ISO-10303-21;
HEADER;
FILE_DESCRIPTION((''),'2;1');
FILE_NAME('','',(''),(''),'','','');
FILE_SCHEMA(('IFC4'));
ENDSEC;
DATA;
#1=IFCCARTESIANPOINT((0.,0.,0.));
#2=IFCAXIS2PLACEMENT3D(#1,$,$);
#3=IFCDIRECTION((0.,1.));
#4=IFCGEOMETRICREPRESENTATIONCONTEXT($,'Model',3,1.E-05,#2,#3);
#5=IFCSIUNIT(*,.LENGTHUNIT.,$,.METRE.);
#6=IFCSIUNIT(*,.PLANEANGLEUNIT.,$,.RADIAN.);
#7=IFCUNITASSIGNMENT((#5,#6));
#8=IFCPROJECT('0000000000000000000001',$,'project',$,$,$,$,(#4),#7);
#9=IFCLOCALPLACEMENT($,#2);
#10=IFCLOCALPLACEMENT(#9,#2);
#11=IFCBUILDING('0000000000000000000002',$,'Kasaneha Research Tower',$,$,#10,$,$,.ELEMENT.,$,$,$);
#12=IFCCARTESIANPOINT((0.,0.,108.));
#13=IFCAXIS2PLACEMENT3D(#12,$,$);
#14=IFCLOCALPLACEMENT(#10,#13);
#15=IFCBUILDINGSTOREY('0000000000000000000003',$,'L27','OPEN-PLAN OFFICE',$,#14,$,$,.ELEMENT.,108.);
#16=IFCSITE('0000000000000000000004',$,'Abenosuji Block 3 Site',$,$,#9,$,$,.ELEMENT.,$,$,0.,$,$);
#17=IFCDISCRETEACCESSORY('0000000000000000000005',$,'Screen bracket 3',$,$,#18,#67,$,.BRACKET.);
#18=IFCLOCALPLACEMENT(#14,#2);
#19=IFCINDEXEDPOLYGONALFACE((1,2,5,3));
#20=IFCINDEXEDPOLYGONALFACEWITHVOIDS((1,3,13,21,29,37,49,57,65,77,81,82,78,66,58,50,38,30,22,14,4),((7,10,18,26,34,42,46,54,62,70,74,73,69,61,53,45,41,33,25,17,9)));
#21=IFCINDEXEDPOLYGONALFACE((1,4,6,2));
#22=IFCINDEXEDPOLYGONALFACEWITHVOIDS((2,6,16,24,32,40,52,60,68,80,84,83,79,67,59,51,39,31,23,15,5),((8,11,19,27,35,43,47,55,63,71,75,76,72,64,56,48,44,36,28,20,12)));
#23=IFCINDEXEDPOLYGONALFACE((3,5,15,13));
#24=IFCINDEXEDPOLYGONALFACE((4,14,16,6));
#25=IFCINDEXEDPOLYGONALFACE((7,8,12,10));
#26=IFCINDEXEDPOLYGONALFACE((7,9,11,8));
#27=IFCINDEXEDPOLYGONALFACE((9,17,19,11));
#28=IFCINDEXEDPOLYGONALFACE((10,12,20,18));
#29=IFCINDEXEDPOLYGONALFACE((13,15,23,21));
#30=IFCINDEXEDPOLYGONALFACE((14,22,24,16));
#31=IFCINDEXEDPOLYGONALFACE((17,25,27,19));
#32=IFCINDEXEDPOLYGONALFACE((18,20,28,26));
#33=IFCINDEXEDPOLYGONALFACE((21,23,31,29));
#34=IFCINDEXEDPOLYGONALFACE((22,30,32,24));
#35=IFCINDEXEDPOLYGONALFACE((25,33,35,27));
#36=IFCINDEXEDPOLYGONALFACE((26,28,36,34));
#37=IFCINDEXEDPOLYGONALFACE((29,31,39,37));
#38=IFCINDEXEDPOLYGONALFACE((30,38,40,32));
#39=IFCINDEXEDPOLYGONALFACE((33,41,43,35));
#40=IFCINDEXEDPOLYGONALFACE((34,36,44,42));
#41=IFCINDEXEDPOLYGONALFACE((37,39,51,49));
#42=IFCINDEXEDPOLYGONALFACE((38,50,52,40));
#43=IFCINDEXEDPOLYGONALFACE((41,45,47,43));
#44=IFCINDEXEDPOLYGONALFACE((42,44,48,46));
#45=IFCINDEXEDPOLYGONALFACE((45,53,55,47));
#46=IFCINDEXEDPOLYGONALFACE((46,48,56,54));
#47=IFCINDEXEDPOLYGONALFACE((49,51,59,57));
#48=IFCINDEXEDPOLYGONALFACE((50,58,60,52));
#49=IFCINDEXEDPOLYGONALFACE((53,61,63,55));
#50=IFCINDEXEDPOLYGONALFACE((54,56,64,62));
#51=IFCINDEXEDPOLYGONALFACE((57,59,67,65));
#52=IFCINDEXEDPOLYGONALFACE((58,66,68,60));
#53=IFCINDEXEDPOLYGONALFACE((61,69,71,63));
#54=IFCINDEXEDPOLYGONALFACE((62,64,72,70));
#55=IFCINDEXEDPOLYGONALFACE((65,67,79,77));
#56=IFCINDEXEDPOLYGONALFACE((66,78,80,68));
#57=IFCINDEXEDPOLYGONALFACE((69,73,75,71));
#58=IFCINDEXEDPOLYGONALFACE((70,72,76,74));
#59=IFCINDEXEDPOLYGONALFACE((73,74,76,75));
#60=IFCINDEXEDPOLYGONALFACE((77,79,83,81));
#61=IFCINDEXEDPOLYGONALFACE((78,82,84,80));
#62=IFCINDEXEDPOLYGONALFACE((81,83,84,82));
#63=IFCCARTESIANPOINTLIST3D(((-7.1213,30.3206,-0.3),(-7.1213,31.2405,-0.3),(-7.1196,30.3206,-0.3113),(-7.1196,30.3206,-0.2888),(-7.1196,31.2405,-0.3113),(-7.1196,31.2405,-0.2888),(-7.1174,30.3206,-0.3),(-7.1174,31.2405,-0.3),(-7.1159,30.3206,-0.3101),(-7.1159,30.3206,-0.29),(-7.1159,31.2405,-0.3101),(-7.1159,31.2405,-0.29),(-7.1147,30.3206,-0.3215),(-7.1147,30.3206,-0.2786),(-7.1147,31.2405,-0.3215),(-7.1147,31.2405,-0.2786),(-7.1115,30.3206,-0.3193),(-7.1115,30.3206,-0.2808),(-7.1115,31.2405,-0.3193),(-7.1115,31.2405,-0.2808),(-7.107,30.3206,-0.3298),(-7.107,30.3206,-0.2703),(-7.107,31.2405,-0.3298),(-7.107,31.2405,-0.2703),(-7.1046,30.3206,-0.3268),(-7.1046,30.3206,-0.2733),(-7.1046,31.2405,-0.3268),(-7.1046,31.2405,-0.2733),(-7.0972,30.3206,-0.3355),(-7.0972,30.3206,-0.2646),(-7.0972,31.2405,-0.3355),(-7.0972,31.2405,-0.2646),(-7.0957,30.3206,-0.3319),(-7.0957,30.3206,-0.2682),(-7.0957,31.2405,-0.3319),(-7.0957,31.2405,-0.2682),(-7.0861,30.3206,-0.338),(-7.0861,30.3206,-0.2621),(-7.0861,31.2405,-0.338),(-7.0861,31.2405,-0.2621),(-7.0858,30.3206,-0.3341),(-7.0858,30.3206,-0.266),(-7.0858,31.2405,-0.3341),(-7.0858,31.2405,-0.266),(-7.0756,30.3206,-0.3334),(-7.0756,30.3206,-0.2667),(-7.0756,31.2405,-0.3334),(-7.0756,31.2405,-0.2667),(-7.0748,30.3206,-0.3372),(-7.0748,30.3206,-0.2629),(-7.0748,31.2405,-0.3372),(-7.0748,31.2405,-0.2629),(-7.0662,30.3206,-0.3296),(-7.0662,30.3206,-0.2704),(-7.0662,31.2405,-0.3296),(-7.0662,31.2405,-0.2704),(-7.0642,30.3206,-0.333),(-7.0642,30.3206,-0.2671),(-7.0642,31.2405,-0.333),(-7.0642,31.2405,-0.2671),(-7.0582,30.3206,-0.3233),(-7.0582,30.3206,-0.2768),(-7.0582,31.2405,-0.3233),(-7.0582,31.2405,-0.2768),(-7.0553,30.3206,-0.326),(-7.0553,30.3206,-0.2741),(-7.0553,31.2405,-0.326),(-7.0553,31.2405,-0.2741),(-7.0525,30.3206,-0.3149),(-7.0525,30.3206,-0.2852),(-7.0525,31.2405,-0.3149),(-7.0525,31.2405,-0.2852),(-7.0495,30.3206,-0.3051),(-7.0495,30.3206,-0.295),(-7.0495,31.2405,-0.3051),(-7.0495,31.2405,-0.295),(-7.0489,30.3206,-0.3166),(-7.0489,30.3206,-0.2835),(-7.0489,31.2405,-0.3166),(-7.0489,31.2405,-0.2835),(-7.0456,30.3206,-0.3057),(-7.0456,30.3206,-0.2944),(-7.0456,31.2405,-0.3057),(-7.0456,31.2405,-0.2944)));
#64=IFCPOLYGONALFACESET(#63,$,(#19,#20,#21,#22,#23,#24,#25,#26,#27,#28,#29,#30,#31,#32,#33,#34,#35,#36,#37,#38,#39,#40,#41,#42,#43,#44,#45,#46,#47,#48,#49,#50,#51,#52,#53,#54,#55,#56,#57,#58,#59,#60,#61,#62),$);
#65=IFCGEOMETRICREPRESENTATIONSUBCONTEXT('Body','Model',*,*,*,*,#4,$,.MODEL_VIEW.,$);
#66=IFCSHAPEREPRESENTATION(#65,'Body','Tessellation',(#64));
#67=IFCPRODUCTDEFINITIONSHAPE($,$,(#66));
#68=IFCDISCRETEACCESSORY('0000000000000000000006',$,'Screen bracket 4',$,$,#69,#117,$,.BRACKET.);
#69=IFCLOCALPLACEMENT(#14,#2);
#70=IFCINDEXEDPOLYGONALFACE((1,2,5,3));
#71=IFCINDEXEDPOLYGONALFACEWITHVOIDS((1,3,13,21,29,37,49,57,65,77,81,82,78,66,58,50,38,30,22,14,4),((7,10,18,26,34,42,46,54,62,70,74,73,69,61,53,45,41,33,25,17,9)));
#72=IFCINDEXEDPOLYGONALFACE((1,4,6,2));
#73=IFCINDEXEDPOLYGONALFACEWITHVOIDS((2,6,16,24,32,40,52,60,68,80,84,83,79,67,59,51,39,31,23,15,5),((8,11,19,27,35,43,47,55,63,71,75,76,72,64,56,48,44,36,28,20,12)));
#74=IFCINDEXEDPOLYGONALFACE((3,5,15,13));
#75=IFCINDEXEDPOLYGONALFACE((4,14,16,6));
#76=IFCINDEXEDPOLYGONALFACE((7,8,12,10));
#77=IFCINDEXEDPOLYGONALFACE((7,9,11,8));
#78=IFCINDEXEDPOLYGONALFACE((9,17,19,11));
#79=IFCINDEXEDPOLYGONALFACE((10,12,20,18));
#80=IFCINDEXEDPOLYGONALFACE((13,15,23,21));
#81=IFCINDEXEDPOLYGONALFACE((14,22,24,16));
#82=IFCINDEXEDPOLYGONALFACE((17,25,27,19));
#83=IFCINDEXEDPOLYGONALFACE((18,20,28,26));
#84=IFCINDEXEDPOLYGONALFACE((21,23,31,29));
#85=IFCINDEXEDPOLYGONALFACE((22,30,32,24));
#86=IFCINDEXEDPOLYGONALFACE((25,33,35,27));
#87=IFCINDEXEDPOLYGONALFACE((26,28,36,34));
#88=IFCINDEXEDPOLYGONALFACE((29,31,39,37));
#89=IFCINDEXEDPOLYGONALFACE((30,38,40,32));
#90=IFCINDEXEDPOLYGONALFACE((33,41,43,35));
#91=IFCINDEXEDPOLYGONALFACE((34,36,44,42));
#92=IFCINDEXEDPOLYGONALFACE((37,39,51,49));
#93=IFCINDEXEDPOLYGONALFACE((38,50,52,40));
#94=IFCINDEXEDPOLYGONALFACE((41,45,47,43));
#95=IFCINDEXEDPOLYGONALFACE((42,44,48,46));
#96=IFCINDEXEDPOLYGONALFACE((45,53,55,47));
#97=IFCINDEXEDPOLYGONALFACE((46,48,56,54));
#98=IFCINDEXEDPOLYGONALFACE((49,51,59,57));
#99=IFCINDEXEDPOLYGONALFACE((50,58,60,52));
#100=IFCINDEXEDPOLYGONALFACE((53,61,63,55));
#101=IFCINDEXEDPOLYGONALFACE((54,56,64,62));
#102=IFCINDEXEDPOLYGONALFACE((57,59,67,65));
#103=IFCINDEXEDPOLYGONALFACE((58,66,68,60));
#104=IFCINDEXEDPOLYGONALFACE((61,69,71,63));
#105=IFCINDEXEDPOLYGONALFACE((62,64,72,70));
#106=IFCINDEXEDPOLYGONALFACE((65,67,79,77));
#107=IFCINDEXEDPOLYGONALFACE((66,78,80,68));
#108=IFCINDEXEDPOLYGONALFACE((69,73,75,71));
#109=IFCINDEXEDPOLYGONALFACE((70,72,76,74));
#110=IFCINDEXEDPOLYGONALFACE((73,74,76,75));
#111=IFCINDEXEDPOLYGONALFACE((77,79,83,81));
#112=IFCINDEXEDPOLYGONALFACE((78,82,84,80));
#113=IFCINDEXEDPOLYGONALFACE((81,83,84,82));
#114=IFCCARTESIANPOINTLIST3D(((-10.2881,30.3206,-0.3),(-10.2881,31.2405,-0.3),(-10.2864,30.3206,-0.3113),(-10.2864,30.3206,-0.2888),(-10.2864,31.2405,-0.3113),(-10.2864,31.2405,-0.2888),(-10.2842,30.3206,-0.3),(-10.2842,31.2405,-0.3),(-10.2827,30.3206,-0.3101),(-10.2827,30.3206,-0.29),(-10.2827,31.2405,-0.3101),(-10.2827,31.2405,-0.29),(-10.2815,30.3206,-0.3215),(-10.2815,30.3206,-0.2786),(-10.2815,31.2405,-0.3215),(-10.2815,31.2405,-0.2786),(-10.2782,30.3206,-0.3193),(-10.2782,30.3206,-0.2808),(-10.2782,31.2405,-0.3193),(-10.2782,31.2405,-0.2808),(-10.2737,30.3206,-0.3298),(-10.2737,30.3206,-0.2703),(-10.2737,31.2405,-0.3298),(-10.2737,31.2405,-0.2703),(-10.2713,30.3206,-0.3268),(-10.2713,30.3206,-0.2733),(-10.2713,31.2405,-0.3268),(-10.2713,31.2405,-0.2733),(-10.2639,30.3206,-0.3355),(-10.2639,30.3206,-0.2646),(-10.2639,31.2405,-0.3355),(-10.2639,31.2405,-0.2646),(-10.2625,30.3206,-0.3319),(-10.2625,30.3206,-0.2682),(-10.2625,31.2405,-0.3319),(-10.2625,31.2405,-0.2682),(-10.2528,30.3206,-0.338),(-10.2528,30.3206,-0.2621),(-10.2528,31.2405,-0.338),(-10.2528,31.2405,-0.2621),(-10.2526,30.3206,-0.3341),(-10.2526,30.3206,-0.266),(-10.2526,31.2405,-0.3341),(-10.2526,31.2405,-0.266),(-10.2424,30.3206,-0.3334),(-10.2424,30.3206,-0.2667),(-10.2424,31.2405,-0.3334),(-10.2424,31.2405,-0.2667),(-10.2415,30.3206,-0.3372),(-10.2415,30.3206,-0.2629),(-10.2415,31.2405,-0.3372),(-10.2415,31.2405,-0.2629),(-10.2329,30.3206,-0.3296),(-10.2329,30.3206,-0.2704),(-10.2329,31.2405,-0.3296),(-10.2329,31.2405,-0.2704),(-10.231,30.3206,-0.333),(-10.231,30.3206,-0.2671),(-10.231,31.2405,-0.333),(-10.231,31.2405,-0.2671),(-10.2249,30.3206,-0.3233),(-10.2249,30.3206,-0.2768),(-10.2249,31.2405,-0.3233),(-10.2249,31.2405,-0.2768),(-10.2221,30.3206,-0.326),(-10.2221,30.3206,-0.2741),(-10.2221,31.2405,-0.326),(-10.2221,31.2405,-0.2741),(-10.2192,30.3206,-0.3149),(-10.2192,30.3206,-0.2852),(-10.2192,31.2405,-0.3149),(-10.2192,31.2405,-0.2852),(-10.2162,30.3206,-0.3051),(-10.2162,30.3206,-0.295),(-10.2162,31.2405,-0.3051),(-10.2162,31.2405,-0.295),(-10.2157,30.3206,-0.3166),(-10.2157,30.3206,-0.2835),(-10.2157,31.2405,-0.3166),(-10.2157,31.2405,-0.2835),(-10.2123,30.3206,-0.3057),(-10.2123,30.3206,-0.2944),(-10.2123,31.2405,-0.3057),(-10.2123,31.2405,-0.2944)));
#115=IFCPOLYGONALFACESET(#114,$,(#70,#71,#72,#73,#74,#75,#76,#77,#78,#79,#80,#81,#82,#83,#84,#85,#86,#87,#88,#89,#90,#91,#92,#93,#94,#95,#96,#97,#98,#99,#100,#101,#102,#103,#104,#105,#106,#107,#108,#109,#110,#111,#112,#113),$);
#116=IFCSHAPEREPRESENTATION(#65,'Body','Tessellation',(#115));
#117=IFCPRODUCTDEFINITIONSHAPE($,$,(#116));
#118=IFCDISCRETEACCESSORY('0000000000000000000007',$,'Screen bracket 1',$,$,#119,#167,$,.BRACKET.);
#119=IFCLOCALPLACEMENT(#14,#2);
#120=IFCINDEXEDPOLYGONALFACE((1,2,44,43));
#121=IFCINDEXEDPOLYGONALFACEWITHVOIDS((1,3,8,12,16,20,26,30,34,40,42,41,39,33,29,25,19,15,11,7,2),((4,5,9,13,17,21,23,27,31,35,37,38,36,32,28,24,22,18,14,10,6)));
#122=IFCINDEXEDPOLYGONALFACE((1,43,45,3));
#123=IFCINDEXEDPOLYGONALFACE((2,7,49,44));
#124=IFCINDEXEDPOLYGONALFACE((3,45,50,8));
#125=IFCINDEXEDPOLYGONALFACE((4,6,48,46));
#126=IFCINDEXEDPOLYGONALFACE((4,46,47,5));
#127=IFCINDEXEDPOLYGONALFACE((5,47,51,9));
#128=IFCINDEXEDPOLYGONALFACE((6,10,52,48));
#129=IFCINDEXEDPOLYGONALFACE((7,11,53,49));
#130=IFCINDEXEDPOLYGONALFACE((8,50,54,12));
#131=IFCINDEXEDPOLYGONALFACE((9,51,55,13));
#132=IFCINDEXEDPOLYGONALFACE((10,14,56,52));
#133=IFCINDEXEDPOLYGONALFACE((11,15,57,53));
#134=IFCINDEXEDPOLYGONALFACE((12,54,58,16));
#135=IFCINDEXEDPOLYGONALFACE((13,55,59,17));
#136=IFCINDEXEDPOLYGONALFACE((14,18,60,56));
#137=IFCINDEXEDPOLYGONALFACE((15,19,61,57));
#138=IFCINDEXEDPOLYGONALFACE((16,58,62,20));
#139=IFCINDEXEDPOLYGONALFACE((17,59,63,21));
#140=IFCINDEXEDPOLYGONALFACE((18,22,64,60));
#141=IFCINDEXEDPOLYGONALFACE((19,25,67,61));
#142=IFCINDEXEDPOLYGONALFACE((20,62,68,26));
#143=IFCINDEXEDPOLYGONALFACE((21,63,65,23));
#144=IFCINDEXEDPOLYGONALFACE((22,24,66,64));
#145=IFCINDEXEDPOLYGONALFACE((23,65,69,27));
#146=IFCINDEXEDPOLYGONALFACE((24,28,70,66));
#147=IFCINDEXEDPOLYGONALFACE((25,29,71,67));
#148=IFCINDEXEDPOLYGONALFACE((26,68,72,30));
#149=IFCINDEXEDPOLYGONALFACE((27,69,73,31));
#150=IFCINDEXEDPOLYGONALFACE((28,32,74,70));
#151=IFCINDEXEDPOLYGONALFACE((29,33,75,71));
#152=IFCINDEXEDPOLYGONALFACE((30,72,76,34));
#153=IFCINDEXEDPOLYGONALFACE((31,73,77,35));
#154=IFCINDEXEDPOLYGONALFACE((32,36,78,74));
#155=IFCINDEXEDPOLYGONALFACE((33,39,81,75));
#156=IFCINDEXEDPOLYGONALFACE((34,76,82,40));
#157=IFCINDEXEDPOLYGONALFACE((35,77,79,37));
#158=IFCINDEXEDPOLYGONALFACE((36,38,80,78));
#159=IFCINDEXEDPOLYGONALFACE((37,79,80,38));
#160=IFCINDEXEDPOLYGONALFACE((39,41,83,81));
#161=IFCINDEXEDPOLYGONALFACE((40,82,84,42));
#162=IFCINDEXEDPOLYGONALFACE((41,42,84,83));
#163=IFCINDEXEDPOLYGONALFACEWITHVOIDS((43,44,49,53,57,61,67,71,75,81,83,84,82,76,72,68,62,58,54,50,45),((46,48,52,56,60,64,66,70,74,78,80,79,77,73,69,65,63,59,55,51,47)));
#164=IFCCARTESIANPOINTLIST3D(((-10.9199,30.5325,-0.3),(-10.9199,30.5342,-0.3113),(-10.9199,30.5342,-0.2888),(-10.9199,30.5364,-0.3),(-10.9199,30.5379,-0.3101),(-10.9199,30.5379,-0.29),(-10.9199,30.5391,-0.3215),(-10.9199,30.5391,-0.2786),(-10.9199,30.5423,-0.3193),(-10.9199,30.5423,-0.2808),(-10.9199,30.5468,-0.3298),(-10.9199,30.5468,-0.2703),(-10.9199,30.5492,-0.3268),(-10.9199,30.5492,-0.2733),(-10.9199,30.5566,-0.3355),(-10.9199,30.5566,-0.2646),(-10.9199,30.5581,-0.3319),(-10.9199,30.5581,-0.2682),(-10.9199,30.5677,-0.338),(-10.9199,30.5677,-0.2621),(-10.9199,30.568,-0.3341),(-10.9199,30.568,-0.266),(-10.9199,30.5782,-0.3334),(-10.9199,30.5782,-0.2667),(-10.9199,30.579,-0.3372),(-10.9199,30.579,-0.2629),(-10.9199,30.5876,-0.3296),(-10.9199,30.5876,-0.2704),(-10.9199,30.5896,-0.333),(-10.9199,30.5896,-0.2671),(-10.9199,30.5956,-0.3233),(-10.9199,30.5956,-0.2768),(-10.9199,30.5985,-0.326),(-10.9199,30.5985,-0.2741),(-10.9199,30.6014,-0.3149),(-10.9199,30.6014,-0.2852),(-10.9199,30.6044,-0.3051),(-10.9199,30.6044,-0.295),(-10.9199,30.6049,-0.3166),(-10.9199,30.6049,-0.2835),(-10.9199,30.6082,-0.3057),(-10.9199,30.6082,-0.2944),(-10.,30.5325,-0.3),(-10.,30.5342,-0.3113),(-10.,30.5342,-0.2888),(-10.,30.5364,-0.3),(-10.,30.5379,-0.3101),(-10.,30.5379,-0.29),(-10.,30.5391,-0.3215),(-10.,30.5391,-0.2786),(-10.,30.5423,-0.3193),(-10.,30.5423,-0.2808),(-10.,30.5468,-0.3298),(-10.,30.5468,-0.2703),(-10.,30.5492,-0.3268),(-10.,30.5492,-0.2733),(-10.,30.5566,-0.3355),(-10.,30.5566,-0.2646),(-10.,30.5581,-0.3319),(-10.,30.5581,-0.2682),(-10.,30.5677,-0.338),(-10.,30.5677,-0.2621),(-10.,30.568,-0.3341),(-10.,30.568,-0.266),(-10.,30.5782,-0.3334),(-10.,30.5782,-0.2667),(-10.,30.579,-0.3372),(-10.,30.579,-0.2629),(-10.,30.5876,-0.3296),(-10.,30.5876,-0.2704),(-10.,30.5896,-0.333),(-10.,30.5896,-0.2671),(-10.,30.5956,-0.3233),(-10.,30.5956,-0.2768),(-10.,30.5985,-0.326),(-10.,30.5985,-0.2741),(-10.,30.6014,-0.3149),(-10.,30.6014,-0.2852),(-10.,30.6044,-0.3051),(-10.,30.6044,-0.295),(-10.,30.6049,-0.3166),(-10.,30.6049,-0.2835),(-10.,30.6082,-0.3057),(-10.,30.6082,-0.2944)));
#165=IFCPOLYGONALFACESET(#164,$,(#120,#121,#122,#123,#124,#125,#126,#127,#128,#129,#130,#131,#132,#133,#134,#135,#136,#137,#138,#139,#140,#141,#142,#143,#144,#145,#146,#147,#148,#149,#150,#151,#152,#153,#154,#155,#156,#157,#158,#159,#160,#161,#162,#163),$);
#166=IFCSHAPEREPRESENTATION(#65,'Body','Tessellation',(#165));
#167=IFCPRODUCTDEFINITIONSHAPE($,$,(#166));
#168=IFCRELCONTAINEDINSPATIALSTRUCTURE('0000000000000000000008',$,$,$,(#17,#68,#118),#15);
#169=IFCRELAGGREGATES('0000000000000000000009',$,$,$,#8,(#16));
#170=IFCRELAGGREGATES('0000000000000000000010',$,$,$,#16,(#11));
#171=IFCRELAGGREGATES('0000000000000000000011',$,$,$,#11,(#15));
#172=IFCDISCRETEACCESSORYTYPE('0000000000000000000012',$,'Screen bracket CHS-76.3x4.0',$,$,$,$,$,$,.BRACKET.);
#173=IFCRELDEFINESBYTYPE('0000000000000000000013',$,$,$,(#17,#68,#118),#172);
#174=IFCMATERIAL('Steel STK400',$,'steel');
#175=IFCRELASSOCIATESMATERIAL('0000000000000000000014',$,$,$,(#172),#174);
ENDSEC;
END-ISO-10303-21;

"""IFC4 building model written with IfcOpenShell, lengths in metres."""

from ifc_helpers import new_model, si_unit, direction, frame, origin, origin_2d, place, context, subcontext, project, spatial, hollow_circle, extrude, material, material_profile, profile_set, type_object, element, save


model = new_model("IFC4")

# Units and contexts
model_context = context("Model", 3, precision=1e-05, world=origin(), true_north=direction((0.0, 1.0)))
body_context = subcontext(model_context, "Body", "Model", "MODEL_VIEW")
ifc_project = project(units=[si_unit("LENGTHUNIT", "METRE"), si_unit("PLANEANGLEUNIT", "RADIAN")], contexts=[model_context])

# Site, building, storey
site_placement = place(None, origin())
site = spatial("IfcSite", under=ifc_project, at=site_placement, Name="Abenosuji Block 3 Site", CompositionType="ELEMENT", RefElevation=0.0)
building_placement = place(site_placement, origin())
building = spatial("IfcBuilding", under=site, at=building_placement, Name="Kasaneha Research Tower", CompositionType="ELEMENT")
storey_placement = place(building_placement, frame((0.0, 0.0, 108.0)))
storey = spatial("IfcBuildingStorey", under=building, at=storey_placement, Name="L27", Description="OPEN-PLAN OFFICE", CompositionType="ELEMENT", Elevation=108.0)

# Discrete accessories
ifc_material_1 = material(Name="Steel STK400", Category="steel")
ifc_material_profile_1 = material_profile(ifc_material_1, hollow_circle(Radius=0.0381, WallThickness=0.0039, at=origin_2d()), Name="CHS-76.3x4.0")
ifc_profile_set_1 = profile_set([ifc_material_profile_1], Name="Steel STK400")
discrete_accessory_type = type_object("IfcDiscreteAccessoryType", Name="Screen bracket CHS-76.3x4.0", PredefinedType="BRACKET", material=ifc_profile_set_1)
for number, where, z_axis, x_axis, name in (
    (1, (-7.0833, 30.3206, -0.3), (0.0, 1.0, 0.0), (-1.0, 0.0, 0.0), "Screen bracket 3"),
    (2, (-10.25, 30.3206, -0.3), (0.0, 1.0, 0.0), (-1.0, 0.0, 0.0), "Screen bracket 4"),
    (3, (-10.0, 30.5706, -0.3), (-1.0, 0.0, 0.0), (0.0, -1.0, 0.0), "Screen bracket 1"),
):
    element("IfcDiscreteAccessory", number, at=place(storey_placement, frame(where, z_axis=z_axis, x_axis=x_axis)), inside=storey, type_object=discrete_accessory_type, Name=name, PredefinedType="BRACKET", context=body_context, shape_type="SweptSolid", body=[
        extrude(hollow_circle(Radius=0.0381, WallThickness=0.0039, at=origin_2d()), origin(), (0.0, 0.0, 1.0), 0.9199),
    ])

save(model, "model.ifc")
